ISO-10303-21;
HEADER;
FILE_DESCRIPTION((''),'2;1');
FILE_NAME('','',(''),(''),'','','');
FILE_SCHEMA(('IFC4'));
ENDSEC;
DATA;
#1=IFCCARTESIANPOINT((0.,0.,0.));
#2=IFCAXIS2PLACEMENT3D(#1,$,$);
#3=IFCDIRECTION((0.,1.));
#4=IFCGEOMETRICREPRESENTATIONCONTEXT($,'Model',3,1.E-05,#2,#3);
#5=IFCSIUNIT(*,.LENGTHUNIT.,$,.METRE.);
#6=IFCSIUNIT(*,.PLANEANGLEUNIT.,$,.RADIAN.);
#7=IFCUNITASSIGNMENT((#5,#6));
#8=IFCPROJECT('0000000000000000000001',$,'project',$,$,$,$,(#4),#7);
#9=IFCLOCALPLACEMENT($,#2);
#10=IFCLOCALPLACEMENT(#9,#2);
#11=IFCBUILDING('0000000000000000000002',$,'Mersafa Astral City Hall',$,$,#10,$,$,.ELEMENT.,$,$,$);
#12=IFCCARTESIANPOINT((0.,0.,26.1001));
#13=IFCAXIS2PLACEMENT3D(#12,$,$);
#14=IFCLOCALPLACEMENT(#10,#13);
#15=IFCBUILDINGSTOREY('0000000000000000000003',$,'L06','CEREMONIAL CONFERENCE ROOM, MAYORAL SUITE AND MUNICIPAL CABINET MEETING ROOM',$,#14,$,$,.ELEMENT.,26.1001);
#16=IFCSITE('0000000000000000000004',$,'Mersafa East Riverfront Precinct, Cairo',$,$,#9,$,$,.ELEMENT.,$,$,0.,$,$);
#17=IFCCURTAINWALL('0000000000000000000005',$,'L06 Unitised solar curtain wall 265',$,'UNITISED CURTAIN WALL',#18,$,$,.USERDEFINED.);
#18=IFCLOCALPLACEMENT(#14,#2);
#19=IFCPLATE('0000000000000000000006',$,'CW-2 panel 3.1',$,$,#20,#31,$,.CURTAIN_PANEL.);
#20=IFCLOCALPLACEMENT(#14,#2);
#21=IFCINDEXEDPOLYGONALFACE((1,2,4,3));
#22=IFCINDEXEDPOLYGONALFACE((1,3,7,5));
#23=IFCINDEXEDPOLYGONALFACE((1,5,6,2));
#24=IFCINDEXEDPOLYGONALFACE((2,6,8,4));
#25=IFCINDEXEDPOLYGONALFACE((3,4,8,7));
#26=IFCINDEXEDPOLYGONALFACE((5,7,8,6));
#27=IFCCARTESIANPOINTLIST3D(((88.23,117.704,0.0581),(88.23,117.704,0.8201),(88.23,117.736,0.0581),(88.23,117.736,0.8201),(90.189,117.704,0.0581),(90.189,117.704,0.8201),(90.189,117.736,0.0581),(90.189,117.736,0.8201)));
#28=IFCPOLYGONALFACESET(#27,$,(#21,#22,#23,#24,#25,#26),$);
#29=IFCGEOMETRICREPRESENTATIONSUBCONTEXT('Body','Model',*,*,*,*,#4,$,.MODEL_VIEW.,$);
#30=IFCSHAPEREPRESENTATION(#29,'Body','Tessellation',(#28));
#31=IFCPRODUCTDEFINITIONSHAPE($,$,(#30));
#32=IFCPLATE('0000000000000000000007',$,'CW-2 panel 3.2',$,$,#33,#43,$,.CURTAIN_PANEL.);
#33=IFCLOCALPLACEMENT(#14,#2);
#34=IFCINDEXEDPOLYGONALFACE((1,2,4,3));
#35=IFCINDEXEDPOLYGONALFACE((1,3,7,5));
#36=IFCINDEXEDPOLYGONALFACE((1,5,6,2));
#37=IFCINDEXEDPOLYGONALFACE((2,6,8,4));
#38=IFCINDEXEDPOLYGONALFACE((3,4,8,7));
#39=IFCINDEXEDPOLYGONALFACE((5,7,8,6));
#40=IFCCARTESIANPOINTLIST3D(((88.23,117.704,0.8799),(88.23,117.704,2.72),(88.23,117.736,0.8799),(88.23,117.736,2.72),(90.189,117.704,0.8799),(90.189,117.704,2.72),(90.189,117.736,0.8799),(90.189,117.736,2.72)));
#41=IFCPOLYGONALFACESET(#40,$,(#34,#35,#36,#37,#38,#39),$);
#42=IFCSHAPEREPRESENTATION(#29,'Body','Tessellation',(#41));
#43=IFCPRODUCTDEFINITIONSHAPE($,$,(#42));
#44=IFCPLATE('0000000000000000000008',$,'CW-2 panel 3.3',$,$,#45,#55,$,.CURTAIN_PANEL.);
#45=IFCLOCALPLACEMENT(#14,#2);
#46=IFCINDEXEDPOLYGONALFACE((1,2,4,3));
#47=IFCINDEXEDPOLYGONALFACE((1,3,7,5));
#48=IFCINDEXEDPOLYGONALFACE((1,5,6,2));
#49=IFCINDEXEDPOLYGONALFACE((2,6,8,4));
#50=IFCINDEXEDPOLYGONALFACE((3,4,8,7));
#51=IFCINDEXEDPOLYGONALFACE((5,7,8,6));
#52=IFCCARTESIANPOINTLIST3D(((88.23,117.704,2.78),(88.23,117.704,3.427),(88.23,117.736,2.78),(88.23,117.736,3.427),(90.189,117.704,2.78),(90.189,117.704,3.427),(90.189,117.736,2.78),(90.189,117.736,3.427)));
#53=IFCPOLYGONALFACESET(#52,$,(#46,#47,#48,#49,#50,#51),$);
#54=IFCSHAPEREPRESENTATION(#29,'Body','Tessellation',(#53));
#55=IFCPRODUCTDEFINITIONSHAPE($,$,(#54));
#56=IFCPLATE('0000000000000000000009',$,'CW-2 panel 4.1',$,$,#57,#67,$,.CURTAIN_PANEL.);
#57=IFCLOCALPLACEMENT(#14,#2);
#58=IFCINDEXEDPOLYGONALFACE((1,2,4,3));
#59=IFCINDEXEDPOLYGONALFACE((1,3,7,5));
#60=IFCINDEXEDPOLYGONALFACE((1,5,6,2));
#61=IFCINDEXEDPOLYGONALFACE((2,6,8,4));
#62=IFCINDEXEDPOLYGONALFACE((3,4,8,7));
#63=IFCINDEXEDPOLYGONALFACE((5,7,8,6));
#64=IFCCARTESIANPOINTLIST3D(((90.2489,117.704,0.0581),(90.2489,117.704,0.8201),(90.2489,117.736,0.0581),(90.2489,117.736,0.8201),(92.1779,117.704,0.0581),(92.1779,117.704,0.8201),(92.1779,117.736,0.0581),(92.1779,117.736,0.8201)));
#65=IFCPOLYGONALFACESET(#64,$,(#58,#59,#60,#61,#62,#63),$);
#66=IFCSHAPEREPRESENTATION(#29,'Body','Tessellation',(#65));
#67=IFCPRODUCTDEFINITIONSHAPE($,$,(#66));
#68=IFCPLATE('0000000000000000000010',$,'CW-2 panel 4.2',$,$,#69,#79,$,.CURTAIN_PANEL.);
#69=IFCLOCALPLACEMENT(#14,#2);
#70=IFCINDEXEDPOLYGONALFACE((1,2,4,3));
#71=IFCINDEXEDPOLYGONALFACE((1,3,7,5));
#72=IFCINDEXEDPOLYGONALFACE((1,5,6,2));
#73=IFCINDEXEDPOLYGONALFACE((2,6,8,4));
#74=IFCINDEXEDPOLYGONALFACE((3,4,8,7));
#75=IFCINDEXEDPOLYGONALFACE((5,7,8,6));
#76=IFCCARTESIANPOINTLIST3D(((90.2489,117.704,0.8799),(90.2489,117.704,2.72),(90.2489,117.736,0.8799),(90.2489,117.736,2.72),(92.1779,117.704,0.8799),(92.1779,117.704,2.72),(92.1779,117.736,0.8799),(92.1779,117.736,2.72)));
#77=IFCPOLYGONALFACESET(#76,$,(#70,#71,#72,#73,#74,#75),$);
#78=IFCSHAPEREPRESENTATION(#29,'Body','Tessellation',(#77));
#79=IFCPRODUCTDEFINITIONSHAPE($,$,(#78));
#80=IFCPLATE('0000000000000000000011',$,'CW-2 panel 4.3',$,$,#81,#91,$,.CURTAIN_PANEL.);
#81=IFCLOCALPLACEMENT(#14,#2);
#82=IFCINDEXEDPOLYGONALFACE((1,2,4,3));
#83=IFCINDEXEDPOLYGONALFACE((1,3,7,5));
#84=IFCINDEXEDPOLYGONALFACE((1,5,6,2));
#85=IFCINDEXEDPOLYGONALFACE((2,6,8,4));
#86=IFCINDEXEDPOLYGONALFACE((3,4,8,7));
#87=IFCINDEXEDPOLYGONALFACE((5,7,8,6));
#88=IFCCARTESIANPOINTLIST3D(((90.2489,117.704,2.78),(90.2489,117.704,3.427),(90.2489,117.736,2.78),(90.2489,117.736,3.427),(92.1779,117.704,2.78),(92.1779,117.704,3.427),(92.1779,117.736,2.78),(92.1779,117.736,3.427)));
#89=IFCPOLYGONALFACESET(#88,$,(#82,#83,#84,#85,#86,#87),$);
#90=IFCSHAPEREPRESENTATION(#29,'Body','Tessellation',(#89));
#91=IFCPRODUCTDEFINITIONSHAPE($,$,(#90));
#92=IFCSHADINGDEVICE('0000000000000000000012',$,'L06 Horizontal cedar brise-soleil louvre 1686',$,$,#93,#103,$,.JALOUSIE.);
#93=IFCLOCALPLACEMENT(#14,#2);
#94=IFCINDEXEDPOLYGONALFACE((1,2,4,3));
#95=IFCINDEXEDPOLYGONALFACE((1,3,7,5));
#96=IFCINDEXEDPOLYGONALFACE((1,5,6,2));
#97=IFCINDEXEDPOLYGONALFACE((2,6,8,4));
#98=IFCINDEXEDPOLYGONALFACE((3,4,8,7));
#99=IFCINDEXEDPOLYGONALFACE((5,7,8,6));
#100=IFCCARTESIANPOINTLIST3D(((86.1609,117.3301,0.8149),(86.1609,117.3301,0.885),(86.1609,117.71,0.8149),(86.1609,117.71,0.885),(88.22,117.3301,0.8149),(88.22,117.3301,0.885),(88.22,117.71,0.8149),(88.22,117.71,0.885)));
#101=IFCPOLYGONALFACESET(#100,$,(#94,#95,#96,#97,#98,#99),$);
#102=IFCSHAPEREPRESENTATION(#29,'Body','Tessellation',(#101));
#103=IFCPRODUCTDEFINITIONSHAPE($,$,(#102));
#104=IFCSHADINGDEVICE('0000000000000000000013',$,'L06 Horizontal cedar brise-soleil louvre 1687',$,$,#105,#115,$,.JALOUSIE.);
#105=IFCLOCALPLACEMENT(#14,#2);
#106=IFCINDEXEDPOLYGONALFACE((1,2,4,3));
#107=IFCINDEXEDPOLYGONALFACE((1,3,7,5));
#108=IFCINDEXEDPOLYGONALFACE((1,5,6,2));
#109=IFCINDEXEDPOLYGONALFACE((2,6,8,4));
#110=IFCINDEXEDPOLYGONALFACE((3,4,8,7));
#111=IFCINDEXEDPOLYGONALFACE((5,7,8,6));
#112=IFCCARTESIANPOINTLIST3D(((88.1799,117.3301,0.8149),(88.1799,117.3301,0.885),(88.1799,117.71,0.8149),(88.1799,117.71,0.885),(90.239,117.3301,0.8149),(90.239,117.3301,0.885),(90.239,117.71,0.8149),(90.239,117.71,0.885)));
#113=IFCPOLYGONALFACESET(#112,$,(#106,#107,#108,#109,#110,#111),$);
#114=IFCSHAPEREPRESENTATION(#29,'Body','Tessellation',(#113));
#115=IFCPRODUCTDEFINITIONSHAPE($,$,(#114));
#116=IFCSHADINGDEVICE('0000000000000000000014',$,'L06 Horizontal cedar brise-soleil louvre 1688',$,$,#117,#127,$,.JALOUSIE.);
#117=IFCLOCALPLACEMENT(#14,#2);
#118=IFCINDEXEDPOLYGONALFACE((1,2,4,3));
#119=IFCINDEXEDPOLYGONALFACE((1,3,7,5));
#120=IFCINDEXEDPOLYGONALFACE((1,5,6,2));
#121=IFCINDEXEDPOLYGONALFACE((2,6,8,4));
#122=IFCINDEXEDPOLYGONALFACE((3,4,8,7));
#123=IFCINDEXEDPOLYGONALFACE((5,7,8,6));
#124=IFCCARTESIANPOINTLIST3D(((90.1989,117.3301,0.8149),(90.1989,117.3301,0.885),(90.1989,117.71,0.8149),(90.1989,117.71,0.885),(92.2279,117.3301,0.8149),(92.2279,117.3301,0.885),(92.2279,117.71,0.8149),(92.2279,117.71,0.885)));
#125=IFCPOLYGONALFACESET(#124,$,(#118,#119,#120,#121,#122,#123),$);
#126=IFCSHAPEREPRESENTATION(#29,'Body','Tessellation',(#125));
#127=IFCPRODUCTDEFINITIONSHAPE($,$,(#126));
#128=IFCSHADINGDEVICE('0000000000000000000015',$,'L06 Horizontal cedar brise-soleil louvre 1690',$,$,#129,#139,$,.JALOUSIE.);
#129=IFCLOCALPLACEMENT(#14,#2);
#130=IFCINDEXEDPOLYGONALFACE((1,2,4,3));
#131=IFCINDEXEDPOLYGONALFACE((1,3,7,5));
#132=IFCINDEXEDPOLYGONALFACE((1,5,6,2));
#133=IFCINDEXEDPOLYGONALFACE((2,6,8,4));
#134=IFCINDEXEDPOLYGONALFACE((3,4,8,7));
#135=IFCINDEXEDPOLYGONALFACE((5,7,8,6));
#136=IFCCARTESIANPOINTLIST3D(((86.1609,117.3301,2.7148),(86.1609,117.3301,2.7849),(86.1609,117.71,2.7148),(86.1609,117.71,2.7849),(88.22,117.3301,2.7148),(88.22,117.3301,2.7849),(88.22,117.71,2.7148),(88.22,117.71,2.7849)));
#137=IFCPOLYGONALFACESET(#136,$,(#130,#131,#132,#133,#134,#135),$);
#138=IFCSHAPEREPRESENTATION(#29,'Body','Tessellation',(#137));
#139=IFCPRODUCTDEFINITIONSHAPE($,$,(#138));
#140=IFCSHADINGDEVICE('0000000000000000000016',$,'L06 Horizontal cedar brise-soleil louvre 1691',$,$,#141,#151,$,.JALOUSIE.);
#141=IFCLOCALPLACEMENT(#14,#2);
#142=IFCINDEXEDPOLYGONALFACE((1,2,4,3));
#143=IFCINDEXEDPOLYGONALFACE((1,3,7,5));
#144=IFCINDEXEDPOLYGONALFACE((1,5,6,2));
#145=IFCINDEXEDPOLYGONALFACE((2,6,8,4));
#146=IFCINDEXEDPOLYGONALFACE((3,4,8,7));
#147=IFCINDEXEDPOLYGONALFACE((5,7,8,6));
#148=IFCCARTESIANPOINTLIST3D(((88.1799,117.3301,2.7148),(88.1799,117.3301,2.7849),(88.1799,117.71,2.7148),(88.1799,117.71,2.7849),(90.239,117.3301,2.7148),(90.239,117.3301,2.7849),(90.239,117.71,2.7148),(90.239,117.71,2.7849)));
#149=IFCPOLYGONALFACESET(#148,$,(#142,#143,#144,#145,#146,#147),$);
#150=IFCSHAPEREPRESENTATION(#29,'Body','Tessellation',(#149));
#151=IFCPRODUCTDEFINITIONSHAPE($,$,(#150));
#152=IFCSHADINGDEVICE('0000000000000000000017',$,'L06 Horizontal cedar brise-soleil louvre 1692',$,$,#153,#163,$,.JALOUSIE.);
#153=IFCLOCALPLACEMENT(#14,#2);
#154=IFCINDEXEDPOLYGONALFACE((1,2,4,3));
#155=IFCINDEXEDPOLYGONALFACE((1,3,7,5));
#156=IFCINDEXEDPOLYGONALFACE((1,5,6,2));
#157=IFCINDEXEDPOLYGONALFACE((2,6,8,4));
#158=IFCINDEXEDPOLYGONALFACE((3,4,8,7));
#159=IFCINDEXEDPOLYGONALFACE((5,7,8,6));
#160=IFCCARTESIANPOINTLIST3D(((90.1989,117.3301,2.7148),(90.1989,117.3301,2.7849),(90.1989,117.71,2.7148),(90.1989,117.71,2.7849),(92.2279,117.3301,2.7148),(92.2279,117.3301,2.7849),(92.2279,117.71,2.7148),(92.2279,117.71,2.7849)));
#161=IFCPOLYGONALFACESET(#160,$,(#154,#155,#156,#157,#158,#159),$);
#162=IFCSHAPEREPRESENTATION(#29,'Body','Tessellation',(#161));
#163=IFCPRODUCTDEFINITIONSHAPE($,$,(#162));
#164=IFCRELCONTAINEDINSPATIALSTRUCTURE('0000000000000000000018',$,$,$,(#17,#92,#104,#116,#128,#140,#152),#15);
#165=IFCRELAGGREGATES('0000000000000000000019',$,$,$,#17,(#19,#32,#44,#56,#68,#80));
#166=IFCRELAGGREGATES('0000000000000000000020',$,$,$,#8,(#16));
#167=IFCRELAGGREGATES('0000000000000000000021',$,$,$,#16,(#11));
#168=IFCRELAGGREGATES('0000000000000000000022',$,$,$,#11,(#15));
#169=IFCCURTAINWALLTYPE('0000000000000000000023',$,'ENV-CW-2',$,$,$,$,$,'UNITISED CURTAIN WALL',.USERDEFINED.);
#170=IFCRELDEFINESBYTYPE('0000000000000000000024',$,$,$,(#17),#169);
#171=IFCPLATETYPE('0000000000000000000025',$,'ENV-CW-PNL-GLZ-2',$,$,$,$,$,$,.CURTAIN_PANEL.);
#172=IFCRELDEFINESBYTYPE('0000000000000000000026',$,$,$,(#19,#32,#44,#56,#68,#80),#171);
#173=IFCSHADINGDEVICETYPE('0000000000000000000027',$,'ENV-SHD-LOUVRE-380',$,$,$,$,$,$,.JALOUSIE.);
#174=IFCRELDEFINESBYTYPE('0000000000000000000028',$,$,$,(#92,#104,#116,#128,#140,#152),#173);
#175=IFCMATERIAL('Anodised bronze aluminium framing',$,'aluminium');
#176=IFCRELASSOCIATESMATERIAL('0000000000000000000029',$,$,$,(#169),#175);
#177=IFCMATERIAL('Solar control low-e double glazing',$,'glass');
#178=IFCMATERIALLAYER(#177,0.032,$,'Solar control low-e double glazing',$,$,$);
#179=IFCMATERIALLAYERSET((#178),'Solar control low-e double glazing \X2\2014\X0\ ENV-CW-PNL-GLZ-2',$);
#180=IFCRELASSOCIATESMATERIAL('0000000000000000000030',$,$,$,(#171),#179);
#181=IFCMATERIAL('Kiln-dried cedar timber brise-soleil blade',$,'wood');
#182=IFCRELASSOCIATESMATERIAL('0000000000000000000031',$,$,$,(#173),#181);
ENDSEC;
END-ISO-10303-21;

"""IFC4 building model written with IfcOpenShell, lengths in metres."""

from ifc_helpers import new_model, si_unit, direction, frame, origin, origin_2d, place, context, subcontext, project, spatial, rectangle, extrude, material, layer, layer_set, type_object, element, aggregate, save


model = new_model("IFC4")

# Units and contexts
model_context = context("Model", 3, precision=1e-05, world=origin(), true_north=direction((0.0, 1.0)))
body_context = subcontext(model_context, "Body", "Model", "MODEL_VIEW")
ifc_project = project(units=[si_unit("LENGTHUNIT", "METRE"), si_unit("PLANEANGLEUNIT", "RADIAN")], contexts=[model_context])

# Site, building, storey
site_placement = place(None, origin())
site = spatial("IfcSite", under=ifc_project, at=site_placement, Name="Mersafa East Riverfront Precinct, Cairo", CompositionType="ELEMENT", RefElevation=0.0)
building_placement = place(site_placement, origin())
building = spatial("IfcBuilding", under=site, at=building_placement, Name="Mersafa Astral City Hall", CompositionType="ELEMENT")
storey_placement = place(building_placement, frame((0.0, 0.0, 26.1001)))
storey = spatial("IfcBuildingStorey", under=building, at=storey_placement, Name="L06", Description="CEREMONIAL CONFERENCE ROOM, MAYORAL SUITE AND MUNICIPAL CABINET MEETING ROOM", CompositionType="ELEMENT", Elevation=26.1001)

# Curtain wall
ifc_material_1 = material(Name="Anodised bronze aluminium framing", Category="aluminium")
curtain_wall_type_1 = type_object("IfcCurtainWallType", Name="ENV-CW-2", ElementType="UNITISED CURTAIN WALL", PredefinedType="USERDEFINED", material=ifc_material_1)
curtain_wall_1_placement = place(storey_placement, origin())
curtain_wall_1 = element("IfcCurtainWall", 1, at=curtain_wall_1_placement, inside=storey, type_object=curtain_wall_type_1, Name="L06 Unitised solar curtain wall 265", ObjectType="UNITISED CURTAIN WALL", PredefinedType="USERDEFINED")

# Plates
ifc_material_2 = material(Name="Solar control low-e double glazing", Category="glass")
ifc_layer = layer(ifc_material_2, 0.032, Name="Solar control low-e double glazing")
ifc_layer_set = layer_set([ifc_layer], Name="Solar control low-e double glazing — ENV-CW-PNL-GLZ-2")
plate_type = type_object("IfcPlateType", Name="ENV-CW-PNL-GLZ-2", PredefinedType="CURTAIN_PANEL", material=ifc_layer_set)
plate_1_placement = place(storey_placement, frame((89.2095, 117.72, 0.0581), z_axis=(0.0, 0.0, 1.0), x_axis=(1.0, 0.0, 0.0)))
plate_1 = element("IfcPlate", 2, at=plate_1_placement, type_object=plate_type, Name="CW-2 panel 3.1", PredefinedType="CURTAIN_PANEL", context=body_context, shape_type="SweptSolid", body=[
    extrude(rectangle(XDim=1.959, YDim=0.032, at=origin_2d()), origin(), (0.0, 0.0, 1.0), 0.762),
])
plate_2_placement = place(storey_placement, frame((89.2095, 117.72, 0.8799), z_axis=(0.0, 0.0, 1.0), x_axis=(1.0, 0.0, 0.0)))
plate_2 = element("IfcPlate", 3, at=plate_2_placement, type_object=plate_type, Name="CW-2 panel 3.2", PredefinedType="CURTAIN_PANEL", context=body_context, shape_type="SweptSolid", body=[
    extrude(rectangle(XDim=1.959, YDim=0.032, at=origin_2d()), origin(), (0.0, 0.0, 1.0), 1.8401),
])
plate_3_placement = place(storey_placement, frame((89.2095, 117.72, 2.78), z_axis=(0.0, 0.0, 1.0), x_axis=(1.0, 0.0, 0.0)))
plate_3 = element("IfcPlate", 4, at=plate_3_placement, type_object=plate_type, Name="CW-2 panel 3.3", PredefinedType="CURTAIN_PANEL", context=body_context, shape_type="SweptSolid", body=[
    extrude(rectangle(XDim=1.959, YDim=0.032, at=origin_2d()), origin(), (0.0, 0.0, 1.0), 0.647),
])
plate_4_placement = place(storey_placement, frame((91.2134, 117.72, 0.0581), z_axis=(0.0, 0.0, 1.0), x_axis=(1.0, 0.0, 0.0)))
plate_4 = element("IfcPlate", 5, at=plate_4_placement, type_object=plate_type, Name="CW-2 panel 4.1", PredefinedType="CURTAIN_PANEL", context=body_context, shape_type="SweptSolid", body=[
    extrude(rectangle(XDim=1.929, YDim=0.032, at=origin_2d()), origin(), (0.0, 0.0, 1.0), 0.762),
])
plate_5_placement = place(storey_placement, frame((91.2134, 117.72, 0.8799), z_axis=(0.0, 0.0, 1.0), x_axis=(1.0, 0.0, 0.0)))
plate_5 = element("IfcPlate", 6, at=plate_5_placement, type_object=plate_type, Name="CW-2 panel 4.2", PredefinedType="CURTAIN_PANEL", context=body_context, shape_type="SweptSolid", body=[
    extrude(rectangle(XDim=1.929, YDim=0.032, at=origin_2d()), origin(), (0.0, 0.0, 1.0), 1.8401),
])
plate_6_placement = place(storey_placement, frame((91.2134, 117.72, 2.78), z_axis=(0.0, 0.0, 1.0), x_axis=(1.0, 0.0, 0.0)))
plate_6 = element("IfcPlate", 7, at=plate_6_placement, type_object=plate_type, Name="CW-2 panel 4.3", PredefinedType="CURTAIN_PANEL", context=body_context, shape_type="SweptSolid", body=[
    extrude(rectangle(XDim=1.929, YDim=0.032, at=origin_2d()), origin(), (0.0, 0.0, 1.0), 0.647),
])
aggregate(curtain_wall_1, [plate_1, plate_2, plate_3, plate_4, plate_5, plate_6])

# Shading devices
ifc_material_3 = material(Name="Kiln-dried cedar timber brise-soleil blade", Category="wood")
shading_device_type = type_object("IfcShadingDeviceType", Name="ENV-SHD-LOUVRE-380", PredefinedType="JALOUSIE", material=ifc_material_3)
for number, where, z_axis, x_axis, name in (
    (8, (87.1904, 117.52, 0.8149), (0.0, 0.0, 1.0), (1.0, 0.0, 0.0), "L06 Horizontal cedar brise-soleil louvre 1686"),
    (9, (89.2095, 117.52, 0.8149), (0.0, 0.0, 1.0), (1.0, 0.0, 0.0), "L06 Horizontal cedar brise-soleil louvre 1687"),
):
    element("IfcShadingDevice", number, at=place(storey_placement, frame(where, z_axis=z_axis, x_axis=x_axis)), inside=storey, type_object=shading_device_type, Name=name, PredefinedType="JALOUSIE", context=body_context, shape_type="SweptSolid", body=[
        extrude(rectangle(XDim=2.0591, YDim=0.3799, at=origin_2d()), origin(), (0.0, 0.0, 1.0), 0.0701),
    ])
shading_device_1_placement = place(storey_placement, frame((91.2134, 117.52, 0.8149), z_axis=(0.0, 0.0, 1.0), x_axis=(1.0, 0.0, 0.0)))
element("IfcShadingDevice", 10, at=shading_device_1_placement, inside=storey, type_object=shading_device_type, Name="L06 Horizontal cedar brise-soleil louvre 1688", PredefinedType="JALOUSIE", context=body_context, shape_type="SweptSolid", body=[
    extrude(rectangle(XDim=2.0291, YDim=0.3799, at=origin_2d()), origin(), (0.0, 0.0, 1.0), 0.0701),
])
for number, where, z_axis, x_axis, name in (
    (11, (87.1904, 117.52, 2.7148), (0.0, 0.0, 1.0), (1.0, 0.0, 0.0), "L06 Horizontal cedar brise-soleil louvre 1690"),
    (12, (89.2095, 117.52, 2.7148), (0.0, 0.0, 1.0), (1.0, 0.0, 0.0), "L06 Horizontal cedar brise-soleil louvre 1691"),
):
    element("IfcShadingDevice", number, at=place(storey_placement, frame(where, z_axis=z_axis, x_axis=x_axis)), inside=storey, type_object=shading_device_type, Name=name, PredefinedType="JALOUSIE", context=body_context, shape_type="SweptSolid", body=[
        extrude(rectangle(XDim=2.0591, YDim=0.3799, at=origin_2d()), origin(), (0.0, 0.0, 1.0), 0.0701),
    ])
shading_device_2_placement = place(storey_placement, frame((91.2134, 117.52, 2.7148), z_axis=(0.0, 0.0, 1.0), x_axis=(1.0, 0.0, 0.0)))
element("IfcShadingDevice", 13, at=shading_device_2_placement, inside=storey, type_object=shading_device_type, Name="L06 Horizontal cedar brise-soleil louvre 1692", PredefinedType="JALOUSIE", context=body_context, shape_type="SweptSolid", body=[
    extrude(rectangle(XDim=2.0291, YDim=0.3799, at=origin_2d()), origin(), (0.0, 0.0, 1.0), 0.0701),
])

save(model, "model.ifc")
